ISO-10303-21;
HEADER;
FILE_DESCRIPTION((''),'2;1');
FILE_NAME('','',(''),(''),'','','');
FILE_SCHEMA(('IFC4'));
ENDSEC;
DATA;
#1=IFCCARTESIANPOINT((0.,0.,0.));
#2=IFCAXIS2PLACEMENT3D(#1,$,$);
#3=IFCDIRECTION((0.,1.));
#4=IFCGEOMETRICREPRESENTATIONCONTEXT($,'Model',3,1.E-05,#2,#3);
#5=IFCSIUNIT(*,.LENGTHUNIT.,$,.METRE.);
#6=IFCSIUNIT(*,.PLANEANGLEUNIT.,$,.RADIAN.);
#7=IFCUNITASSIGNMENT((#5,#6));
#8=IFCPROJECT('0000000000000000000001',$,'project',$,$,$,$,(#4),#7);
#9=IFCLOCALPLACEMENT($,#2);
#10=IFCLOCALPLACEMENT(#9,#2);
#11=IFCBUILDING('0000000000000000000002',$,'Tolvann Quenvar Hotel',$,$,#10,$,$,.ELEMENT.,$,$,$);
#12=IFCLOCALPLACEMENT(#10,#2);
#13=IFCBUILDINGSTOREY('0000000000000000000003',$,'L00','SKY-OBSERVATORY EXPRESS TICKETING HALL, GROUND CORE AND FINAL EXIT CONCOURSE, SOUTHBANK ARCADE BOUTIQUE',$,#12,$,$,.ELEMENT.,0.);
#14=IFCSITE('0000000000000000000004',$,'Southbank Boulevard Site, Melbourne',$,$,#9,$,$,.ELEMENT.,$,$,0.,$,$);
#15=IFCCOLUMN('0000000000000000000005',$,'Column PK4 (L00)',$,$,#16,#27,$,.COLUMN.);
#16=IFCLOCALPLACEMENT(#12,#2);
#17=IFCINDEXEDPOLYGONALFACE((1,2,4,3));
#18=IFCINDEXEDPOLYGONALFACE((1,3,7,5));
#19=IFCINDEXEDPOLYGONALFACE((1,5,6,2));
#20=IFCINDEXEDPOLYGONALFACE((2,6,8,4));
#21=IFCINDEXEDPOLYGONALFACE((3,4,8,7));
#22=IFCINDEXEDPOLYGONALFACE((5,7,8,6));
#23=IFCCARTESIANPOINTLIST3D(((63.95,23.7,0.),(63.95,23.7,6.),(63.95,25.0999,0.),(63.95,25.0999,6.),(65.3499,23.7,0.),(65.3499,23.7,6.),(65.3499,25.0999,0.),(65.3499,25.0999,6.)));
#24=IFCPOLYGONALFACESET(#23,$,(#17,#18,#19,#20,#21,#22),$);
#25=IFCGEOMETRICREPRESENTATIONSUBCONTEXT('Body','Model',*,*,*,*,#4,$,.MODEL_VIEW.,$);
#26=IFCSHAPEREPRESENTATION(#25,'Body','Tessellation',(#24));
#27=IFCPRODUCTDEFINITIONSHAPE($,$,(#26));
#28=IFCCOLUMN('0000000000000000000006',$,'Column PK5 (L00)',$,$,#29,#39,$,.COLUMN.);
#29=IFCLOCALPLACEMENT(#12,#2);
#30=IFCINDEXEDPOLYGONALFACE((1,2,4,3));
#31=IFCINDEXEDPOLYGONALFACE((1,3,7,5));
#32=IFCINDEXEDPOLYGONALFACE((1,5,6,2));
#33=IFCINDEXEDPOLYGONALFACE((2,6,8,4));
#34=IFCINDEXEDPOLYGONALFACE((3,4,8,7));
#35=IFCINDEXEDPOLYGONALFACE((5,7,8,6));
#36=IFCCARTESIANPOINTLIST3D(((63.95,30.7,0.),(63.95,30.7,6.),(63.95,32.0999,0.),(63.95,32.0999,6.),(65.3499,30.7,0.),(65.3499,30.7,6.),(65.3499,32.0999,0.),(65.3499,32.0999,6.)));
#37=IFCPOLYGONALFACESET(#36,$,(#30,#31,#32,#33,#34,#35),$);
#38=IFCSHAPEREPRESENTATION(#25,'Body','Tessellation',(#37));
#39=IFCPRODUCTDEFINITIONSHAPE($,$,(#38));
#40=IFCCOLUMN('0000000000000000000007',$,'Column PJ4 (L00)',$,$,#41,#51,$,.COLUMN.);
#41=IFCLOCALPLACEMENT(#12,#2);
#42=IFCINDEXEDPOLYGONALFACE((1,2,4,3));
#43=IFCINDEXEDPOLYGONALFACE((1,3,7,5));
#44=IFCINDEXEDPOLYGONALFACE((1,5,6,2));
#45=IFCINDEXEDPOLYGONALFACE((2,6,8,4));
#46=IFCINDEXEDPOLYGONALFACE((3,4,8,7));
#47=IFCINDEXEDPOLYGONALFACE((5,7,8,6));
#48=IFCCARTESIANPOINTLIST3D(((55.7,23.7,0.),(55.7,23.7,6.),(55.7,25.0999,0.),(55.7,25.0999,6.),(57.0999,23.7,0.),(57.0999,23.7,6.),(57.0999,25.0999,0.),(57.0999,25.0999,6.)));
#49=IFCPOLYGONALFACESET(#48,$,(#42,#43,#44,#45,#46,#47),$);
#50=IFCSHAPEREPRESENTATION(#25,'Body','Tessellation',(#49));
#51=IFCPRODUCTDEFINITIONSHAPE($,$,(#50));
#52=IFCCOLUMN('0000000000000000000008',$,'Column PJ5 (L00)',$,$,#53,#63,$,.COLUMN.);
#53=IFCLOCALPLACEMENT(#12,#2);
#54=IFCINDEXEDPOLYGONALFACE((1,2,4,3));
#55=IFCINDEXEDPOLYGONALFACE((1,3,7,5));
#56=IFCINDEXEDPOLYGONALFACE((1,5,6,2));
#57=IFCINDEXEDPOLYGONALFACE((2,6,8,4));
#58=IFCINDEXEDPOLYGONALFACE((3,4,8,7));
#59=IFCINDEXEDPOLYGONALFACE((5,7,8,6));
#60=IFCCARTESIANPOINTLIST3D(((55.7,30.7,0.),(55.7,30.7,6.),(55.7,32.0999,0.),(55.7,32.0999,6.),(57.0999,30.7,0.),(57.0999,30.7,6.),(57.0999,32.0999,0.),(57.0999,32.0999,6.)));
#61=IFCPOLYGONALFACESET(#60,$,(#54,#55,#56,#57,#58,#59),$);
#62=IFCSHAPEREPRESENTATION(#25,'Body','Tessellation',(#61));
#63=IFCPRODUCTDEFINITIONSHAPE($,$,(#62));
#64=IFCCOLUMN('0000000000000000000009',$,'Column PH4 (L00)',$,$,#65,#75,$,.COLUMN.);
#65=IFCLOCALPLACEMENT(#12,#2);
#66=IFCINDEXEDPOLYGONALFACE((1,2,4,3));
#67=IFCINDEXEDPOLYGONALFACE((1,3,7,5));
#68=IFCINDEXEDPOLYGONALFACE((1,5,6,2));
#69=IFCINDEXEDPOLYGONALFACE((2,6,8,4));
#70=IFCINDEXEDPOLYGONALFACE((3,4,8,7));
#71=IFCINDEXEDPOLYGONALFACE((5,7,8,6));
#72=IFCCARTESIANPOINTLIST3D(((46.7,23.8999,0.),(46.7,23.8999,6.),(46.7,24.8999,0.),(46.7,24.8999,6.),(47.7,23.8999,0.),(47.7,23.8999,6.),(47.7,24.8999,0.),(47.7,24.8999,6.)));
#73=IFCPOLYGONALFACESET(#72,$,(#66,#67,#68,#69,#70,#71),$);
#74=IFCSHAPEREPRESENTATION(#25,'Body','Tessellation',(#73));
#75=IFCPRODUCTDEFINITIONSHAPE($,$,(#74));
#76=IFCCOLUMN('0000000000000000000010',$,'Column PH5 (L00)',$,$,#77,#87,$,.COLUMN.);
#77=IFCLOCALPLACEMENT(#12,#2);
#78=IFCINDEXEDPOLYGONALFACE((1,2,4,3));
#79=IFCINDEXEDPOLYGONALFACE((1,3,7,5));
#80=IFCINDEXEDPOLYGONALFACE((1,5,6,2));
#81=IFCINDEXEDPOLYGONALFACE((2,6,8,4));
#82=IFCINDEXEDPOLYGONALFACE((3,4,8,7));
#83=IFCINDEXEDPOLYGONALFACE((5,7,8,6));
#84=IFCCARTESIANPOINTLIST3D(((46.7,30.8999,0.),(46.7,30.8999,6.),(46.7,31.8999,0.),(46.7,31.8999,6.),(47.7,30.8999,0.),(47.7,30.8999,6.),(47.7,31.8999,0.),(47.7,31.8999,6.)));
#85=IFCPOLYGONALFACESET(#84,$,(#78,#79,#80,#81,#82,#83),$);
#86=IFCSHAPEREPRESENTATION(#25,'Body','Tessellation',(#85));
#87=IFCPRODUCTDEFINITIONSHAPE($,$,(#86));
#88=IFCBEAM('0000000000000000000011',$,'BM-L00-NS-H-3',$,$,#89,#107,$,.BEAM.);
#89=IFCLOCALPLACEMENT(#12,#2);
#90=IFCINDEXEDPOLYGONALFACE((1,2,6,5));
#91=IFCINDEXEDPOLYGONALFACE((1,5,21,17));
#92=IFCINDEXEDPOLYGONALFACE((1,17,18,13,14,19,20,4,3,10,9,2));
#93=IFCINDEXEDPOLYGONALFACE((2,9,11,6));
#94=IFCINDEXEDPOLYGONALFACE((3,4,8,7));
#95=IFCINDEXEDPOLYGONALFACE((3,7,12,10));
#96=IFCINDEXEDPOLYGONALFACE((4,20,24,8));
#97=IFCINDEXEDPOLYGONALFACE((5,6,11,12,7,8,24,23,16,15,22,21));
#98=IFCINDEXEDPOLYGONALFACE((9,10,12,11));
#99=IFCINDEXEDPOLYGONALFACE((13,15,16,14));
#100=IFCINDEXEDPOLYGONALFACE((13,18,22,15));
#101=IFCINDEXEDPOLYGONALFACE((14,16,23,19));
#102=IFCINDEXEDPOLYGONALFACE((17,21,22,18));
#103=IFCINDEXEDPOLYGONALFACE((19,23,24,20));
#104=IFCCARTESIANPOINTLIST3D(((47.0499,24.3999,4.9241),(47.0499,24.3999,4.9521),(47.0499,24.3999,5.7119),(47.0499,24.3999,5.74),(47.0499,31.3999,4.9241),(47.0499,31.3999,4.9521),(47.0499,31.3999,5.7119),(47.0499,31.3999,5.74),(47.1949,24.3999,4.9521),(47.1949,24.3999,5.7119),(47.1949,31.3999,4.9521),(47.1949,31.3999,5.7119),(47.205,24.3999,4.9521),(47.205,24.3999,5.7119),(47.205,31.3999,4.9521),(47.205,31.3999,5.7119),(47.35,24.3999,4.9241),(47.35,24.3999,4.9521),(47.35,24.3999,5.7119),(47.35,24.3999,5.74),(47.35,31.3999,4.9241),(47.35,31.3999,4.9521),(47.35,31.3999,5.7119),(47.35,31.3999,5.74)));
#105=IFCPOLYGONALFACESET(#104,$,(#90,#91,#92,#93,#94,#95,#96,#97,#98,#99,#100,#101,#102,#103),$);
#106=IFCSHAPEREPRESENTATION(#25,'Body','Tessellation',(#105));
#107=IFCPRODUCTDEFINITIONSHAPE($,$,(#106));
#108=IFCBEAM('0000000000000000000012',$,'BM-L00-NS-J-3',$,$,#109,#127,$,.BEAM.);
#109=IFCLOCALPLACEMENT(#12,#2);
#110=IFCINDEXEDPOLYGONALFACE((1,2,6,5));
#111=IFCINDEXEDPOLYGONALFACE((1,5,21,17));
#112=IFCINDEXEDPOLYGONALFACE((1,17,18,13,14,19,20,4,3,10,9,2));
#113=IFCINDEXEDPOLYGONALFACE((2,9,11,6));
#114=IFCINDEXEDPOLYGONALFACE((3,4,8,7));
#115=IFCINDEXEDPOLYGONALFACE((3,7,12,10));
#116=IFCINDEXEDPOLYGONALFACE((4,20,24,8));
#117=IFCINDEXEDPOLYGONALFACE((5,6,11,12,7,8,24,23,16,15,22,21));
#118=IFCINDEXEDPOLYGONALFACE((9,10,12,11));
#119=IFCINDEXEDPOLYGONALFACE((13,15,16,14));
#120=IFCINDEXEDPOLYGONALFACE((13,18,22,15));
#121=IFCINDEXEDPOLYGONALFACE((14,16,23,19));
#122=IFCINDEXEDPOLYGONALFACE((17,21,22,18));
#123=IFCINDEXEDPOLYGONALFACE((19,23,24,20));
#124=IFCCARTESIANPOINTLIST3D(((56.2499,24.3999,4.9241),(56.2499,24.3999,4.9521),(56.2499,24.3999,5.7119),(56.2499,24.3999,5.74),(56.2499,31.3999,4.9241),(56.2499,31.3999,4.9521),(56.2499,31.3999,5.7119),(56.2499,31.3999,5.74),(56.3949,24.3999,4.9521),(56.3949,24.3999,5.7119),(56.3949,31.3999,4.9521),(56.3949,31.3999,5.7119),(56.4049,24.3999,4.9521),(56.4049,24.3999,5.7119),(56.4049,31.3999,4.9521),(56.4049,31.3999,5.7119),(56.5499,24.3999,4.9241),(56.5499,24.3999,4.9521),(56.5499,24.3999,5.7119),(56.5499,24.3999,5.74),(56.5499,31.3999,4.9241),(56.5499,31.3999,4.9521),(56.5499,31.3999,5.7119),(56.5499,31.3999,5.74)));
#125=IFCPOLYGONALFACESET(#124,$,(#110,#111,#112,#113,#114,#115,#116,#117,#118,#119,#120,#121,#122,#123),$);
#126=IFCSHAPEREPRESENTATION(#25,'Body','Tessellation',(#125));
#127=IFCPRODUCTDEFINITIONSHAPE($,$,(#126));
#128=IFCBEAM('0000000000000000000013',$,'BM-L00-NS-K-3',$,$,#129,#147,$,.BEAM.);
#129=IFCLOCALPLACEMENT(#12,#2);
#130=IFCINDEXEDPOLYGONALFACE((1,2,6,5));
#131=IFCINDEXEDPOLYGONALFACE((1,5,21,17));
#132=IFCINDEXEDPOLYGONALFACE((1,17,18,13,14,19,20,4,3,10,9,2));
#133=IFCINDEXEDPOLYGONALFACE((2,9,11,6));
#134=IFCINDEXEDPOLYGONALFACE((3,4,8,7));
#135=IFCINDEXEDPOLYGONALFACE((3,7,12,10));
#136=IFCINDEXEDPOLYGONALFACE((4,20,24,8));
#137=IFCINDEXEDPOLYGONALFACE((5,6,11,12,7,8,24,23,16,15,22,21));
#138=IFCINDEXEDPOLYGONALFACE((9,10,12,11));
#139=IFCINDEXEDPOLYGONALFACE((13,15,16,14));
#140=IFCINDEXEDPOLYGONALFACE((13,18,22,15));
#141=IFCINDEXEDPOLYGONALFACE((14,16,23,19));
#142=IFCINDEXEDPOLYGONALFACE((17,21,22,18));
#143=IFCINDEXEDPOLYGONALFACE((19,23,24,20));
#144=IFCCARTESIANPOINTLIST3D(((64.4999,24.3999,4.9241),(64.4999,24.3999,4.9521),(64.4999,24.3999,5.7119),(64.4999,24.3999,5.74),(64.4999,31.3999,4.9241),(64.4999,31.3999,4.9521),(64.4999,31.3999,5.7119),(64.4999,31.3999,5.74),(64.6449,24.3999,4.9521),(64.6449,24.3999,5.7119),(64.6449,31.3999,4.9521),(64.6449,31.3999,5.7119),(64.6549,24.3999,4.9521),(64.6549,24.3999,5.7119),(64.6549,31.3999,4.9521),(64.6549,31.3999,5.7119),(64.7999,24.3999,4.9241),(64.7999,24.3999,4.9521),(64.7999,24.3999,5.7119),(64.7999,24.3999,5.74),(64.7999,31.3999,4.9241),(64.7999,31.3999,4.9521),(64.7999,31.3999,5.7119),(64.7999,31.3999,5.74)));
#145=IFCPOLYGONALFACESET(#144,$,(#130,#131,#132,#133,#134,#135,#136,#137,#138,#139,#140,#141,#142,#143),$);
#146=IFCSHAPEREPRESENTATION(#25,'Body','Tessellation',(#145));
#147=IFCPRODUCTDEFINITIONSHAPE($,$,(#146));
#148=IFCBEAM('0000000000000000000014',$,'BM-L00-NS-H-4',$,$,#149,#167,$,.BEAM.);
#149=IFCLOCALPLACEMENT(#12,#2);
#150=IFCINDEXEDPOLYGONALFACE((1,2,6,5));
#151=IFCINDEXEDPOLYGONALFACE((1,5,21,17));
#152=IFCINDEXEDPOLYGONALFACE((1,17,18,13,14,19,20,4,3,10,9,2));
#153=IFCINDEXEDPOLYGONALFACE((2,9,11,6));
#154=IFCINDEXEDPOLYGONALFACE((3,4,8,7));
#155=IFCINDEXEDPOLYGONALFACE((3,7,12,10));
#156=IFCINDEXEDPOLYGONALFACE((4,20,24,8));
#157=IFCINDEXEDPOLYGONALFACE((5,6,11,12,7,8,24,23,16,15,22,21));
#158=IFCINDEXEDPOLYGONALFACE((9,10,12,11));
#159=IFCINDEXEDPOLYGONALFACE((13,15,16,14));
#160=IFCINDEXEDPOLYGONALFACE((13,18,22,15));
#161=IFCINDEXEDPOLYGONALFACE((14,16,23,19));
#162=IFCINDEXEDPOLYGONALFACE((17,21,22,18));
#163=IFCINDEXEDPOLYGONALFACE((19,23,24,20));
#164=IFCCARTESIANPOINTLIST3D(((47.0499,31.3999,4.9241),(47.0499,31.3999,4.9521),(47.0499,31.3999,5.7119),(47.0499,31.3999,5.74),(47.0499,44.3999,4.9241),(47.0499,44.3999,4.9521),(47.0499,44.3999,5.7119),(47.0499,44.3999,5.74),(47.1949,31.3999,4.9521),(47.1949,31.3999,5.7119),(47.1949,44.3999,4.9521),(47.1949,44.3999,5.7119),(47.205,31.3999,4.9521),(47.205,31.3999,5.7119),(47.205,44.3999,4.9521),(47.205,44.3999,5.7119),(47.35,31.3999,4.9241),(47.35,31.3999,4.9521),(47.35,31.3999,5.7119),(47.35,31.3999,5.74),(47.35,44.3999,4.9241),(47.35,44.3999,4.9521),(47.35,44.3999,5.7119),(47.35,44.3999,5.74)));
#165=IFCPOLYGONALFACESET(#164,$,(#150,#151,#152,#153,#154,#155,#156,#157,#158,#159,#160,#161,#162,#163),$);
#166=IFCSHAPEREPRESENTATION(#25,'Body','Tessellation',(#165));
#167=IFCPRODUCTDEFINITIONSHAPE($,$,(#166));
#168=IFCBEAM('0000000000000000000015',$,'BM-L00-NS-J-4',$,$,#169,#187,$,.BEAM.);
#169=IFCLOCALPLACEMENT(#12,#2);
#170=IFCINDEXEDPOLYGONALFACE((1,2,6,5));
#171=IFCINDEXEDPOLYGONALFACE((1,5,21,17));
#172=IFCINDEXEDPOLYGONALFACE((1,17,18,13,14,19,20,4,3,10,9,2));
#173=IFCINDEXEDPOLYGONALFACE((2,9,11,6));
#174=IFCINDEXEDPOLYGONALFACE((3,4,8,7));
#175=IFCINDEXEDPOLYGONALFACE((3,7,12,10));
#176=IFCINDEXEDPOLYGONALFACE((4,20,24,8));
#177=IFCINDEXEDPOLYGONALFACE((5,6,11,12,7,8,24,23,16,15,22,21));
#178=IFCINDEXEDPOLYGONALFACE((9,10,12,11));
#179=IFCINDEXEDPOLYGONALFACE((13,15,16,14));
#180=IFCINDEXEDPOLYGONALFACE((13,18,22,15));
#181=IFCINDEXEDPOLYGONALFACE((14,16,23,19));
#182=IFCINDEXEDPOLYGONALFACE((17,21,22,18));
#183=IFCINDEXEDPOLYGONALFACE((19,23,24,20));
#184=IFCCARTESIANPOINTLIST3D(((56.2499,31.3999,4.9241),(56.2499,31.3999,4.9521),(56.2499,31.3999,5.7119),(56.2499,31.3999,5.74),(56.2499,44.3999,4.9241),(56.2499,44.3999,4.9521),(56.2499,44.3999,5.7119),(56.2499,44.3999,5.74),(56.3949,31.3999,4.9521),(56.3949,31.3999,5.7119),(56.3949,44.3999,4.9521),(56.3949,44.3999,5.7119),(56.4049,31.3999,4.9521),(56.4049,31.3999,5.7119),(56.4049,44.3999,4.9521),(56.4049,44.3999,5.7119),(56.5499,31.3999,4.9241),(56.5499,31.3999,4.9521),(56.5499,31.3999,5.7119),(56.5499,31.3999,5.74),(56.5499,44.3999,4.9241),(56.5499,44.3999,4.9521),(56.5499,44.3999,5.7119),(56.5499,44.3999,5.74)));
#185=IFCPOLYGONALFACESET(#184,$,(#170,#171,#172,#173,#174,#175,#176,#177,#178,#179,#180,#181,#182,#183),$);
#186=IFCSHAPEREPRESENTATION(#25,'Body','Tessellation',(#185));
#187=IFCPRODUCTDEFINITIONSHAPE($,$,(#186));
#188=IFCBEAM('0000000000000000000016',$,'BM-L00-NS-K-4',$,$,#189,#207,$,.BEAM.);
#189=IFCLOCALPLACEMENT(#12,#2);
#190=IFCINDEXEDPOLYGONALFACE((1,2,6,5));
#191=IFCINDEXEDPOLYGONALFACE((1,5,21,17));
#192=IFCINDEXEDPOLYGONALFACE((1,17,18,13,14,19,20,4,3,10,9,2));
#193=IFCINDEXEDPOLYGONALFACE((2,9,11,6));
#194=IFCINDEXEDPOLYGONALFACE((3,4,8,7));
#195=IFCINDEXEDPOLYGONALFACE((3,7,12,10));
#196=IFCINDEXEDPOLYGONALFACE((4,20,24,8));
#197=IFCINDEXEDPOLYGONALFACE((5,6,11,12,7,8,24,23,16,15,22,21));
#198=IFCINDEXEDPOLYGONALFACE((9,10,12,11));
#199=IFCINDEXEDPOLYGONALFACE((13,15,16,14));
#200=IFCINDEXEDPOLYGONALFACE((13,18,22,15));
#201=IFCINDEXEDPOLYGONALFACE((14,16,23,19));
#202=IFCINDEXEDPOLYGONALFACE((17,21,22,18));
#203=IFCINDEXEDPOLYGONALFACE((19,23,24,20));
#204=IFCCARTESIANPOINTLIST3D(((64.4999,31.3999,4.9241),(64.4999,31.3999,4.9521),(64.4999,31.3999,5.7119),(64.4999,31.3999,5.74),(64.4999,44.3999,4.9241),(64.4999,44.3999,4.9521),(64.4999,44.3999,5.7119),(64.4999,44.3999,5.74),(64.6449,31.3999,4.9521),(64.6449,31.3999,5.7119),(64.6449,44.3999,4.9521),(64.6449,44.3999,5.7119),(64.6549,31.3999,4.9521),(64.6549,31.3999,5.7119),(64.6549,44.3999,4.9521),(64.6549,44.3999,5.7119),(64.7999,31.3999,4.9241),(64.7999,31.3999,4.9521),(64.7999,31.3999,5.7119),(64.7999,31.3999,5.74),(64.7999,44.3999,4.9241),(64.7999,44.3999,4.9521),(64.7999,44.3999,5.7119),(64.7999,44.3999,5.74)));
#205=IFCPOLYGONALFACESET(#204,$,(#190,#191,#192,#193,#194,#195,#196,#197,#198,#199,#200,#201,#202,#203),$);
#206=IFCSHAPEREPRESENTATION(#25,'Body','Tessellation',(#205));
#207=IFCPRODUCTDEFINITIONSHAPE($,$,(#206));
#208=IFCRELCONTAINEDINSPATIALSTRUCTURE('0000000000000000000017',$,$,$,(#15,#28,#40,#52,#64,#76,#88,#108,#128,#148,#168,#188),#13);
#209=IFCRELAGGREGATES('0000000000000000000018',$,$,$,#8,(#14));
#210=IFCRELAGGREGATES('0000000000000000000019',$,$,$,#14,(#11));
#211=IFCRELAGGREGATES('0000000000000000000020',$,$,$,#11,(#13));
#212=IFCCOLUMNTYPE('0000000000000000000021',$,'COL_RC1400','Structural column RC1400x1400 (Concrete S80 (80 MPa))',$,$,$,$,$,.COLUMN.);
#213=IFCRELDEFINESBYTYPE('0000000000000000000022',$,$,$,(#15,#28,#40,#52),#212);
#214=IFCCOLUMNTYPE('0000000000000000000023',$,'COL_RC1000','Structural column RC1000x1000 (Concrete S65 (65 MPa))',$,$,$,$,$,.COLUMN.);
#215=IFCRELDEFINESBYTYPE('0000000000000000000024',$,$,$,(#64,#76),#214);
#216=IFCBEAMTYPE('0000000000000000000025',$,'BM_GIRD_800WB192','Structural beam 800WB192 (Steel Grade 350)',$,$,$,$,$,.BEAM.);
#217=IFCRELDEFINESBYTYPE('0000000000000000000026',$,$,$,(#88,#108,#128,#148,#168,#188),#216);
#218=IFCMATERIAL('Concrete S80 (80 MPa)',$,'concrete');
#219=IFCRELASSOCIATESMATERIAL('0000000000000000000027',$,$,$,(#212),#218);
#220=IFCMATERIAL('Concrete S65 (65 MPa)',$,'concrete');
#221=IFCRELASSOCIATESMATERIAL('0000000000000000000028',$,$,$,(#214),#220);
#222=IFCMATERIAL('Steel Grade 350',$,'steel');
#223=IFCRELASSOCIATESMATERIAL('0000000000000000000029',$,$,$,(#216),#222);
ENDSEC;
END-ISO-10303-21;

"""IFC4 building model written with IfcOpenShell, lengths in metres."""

from ifc_helpers import new_model, si_unit, direction, frame, origin, origin_2d, place, context, subcontext, project, spatial, rectangle, i_section, extrude, source, transform, mapped, material, material_profile, profile_set, type_object, type_shapes, element, save


model = new_model("IFC4")

# Units and contexts
model_context = context("Model", 3, precision=1e-05, world=origin(), true_north=direction((0.0, 1.0)))
body_context = subcontext(model_context, "Body", "Model", "MODEL_VIEW")
ifc_project = project(units=[si_unit("LENGTHUNIT", "METRE"), si_unit("PLANEANGLEUNIT", "RADIAN")], contexts=[model_context])

# Site, building, storey
site_placement = place(None, origin())
site = spatial("IfcSite", under=ifc_project, at=site_placement, Name="Southbank Boulevard Site, Melbourne", CompositionType="ELEMENT", RefElevation=0.0)
building_placement = place(site_placement, origin())
building = spatial("IfcBuilding", under=site, at=building_placement, Name="Tolvann Quenvar Hotel", CompositionType="ELEMENT")
storey_placement = place(building_placement, origin())
storey = spatial("IfcBuildingStorey", under=building, at=storey_placement, Name="L00", Description="SKY-OBSERVATORY EXPRESS TICKETING HALL, GROUND CORE AND FINAL EXIT CONCOURSE, SOUTHBANK ARCADE BOUTIQUE", CompositionType="ELEMENT", Elevation=0.0)

# Columns
ifc_material_1 = material(Name="Concrete S80 (80 MPa)", Category="concrete")
ifc_material_profile_1 = material_profile(ifc_material_1, rectangle(XDim=1.3999, YDim=1.3999, at=origin_2d()), Name="RC1400x1400")
ifc_profile_set_1 = profile_set([ifc_material_profile_1], Name="Concrete S80 (80 MPa)")
column_type_1 = type_object("IfcColumnType", Name="COL_RC1400", Description="Structural column RC1400x1400 (Concrete S80 (80 MPa))", PredefinedType="COLUMN", material=ifc_profile_set_1)
shared_shape_1 = source(origin(), body_context, "Body", "SweptSolid", [
    extrude(rectangle(XDim=1.3999, YDim=1.3999, at=origin_2d()), origin(), (0.0, 0.0, 1.0), 6.0),
])
type_shapes(column_type_1, [shared_shape_1])
for number, where, z_axis, x_axis, name in (
    (1, (64.6499, 24.3999, 0.0), (0.0, 0.0, 1.0), (1.0, 0.0, 0.0), "Column PK4 (L00)"),
    (2, (64.6499, 31.3999, 0.0), (0.0, 0.0, 1.0), (1.0, 0.0, 0.0), "Column PK5 (L00)"),
    (3, (56.3999, 24.3999, 0.0), (0.0, 0.0, 1.0), (1.0, 0.0, 0.0), "Column PJ4 (L00)"),
    (4, (56.3999, 31.3999, 0.0), (0.0, 0.0, 1.0), (1.0, 0.0, 0.0), "Column PJ5 (L00)"),
):
    element("IfcColumn", number, at=place(storey_placement, frame(where, z_axis=z_axis, x_axis=x_axis)), inside=storey, type_object=column_type_1, Name=name, PredefinedType="COLUMN", context=body_context, shape_type="MappedRepresentation", body=[
        mapped(shared_shape_1, transform((0.0, 0.0, 0.0), x_axis=(1.0, 0.0, 0.0), y_axis=(0.0, 1.0, 0.0), z_axis=(0.0, 0.0, 1.0), scale=1.0)),
    ])
ifc_material_2 = material(Name="Concrete S65 (65 MPa)", Category="concrete")
ifc_material_profile_2 = material_profile(ifc_material_2, rectangle(XDim=1.0, YDim=1.0, at=origin_2d()), Name="RC1000x1000")
ifc_profile_set_2 = profile_set([ifc_material_profile_2], Name="Concrete S65 (65 MPa)")
column_type_2 = type_object("IfcColumnType", Name="COL_RC1000", Description="Structural column RC1000x1000 (Concrete S65 (65 MPa))", PredefinedType="COLUMN", material=ifc_profile_set_2)
shared_shape_2 = source(origin(), body_context, "Body", "SweptSolid", [
    extrude(rectangle(XDim=1.0, YDim=1.0, at=origin_2d()), origin(), (0.0, 0.0, 1.0), 6.0),
])
type_shapes(column_type_2, [shared_shape_2])
for number, where, z_axis, x_axis, name in (
    (5, (47.2, 24.3999, 0.0), (0.0, 0.0, 1.0), (1.0, 0.0, 0.0), "Column PH4 (L00)"),
    (6, (47.2, 31.3999, 0.0), (0.0, 0.0, 1.0), (1.0, 0.0, 0.0), "Column PH5 (L00)"),
):
    element("IfcColumn", number, at=place(storey_placement, frame(where, z_axis=z_axis, x_axis=x_axis)), inside=storey, type_object=column_type_2, Name=name, PredefinedType="COLUMN", context=body_context, shape_type="MappedRepresentation", body=[
        mapped(shared_shape_2, transform((0.0, 0.0, 0.0), x_axis=(1.0, 0.0, 0.0), y_axis=(0.0, 1.0, 0.0), z_axis=(0.0, 0.0, 1.0), scale=1.0)),
    ])

# Beams
ifc_material_3 = material(Name="Steel Grade 350", Category="steel")
ifc_material_profile_3 = material_profile(ifc_material_3, i_section(OverallWidth=0.3, OverallDepth=0.8159, WebThickness=0.01, FlangeThickness=0.0281, at=origin_2d()), Name="800WB192")
ifc_profile_set_3 = profile_set([ifc_material_profile_3], Name="Steel Grade 350")
beam_type = type_object("IfcBeamType", Name="BM_GIRD_800WB192", Description="Structural beam 800WB192 (Steel Grade 350)", PredefinedType="BEAM", material=ifc_profile_set_3)
shared_shape_3 = source(origin(), body_context, "Body", "SweptSolid", [
    extrude(i_section(OverallWidth=0.3, OverallDepth=0.8159, WebThickness=0.01, FlangeThickness=0.0281, at=origin_2d()), origin(), (0.0, 0.0, 1.0), 7.0),
])
for number, where, z_axis, x_axis, name in (
    (7, (47.2, 24.3999, 5.332), (0.0, 1.0, 0.0), (-1.0, 0.0, 0.0), "BM-L00-NS-H-3"),
    (8, (56.3999, 24.3999, 5.332), (0.0, 1.0, 0.0), (-1.0, 0.0, 0.0), "BM-L00-NS-J-3"),
    (9, (64.6499, 24.3999, 5.332), (0.0, 1.0, 0.0), (-1.0, 0.0, 0.0), "BM-L00-NS-K-3"),
):
    element("IfcBeam", number, at=place(storey_placement, frame(where, z_axis=z_axis, x_axis=x_axis)), inside=storey, type_object=beam_type, Name=name, PredefinedType="BEAM", context=body_context, shape_type="MappedRepresentation", body=[
        mapped(shared_shape_3, transform((0.0, 0.0, 0.0), x_axis=(1.0, 0.0, 0.0), y_axis=(0.0, 1.0, 0.0), z_axis=(0.0, 0.0, 1.0), scale=1.0)),
    ])
shared_shape_4 = source(origin(), body_context, "Body", "SweptSolid", [
    extrude(i_section(OverallWidth=0.3, OverallDepth=0.8159, WebThickness=0.01, FlangeThickness=0.0281, at=origin_2d()), origin(), (0.0, 0.0, 1.0), 13.0),
])
for number, where, z_axis, x_axis, name in (
    (10, (47.2, 31.3999, 5.332), (0.0, 1.0, 0.0), (-1.0, 0.0, 0.0), "BM-L00-NS-H-4"),
    (11, (56.3999, 31.3999, 5.332), (0.0, 1.0, 0.0), (-1.0, 0.0, 0.0), "BM-L00-NS-J-4"),
    (12, (64.6499, 31.3999, 5.332), (0.0, 1.0, 0.0), (-1.0, 0.0, 0.0), "BM-L00-NS-K-4"),
):
    element("IfcBeam", number, at=place(storey_placement, frame(where, z_axis=z_axis, x_axis=x_axis)), inside=storey, type_object=beam_type, Name=name, PredefinedType="BEAM", context=body_context, shape_type="MappedRepresentation", body=[
        mapped(shared_shape_4, transform((0.0, 0.0, 0.0), x_axis=(1.0, 0.0, 0.0), y_axis=(0.0, 1.0, 0.0), z_axis=(0.0, 0.0, 1.0), scale=1.0)),
    ])

save(model, "model.ifc")
